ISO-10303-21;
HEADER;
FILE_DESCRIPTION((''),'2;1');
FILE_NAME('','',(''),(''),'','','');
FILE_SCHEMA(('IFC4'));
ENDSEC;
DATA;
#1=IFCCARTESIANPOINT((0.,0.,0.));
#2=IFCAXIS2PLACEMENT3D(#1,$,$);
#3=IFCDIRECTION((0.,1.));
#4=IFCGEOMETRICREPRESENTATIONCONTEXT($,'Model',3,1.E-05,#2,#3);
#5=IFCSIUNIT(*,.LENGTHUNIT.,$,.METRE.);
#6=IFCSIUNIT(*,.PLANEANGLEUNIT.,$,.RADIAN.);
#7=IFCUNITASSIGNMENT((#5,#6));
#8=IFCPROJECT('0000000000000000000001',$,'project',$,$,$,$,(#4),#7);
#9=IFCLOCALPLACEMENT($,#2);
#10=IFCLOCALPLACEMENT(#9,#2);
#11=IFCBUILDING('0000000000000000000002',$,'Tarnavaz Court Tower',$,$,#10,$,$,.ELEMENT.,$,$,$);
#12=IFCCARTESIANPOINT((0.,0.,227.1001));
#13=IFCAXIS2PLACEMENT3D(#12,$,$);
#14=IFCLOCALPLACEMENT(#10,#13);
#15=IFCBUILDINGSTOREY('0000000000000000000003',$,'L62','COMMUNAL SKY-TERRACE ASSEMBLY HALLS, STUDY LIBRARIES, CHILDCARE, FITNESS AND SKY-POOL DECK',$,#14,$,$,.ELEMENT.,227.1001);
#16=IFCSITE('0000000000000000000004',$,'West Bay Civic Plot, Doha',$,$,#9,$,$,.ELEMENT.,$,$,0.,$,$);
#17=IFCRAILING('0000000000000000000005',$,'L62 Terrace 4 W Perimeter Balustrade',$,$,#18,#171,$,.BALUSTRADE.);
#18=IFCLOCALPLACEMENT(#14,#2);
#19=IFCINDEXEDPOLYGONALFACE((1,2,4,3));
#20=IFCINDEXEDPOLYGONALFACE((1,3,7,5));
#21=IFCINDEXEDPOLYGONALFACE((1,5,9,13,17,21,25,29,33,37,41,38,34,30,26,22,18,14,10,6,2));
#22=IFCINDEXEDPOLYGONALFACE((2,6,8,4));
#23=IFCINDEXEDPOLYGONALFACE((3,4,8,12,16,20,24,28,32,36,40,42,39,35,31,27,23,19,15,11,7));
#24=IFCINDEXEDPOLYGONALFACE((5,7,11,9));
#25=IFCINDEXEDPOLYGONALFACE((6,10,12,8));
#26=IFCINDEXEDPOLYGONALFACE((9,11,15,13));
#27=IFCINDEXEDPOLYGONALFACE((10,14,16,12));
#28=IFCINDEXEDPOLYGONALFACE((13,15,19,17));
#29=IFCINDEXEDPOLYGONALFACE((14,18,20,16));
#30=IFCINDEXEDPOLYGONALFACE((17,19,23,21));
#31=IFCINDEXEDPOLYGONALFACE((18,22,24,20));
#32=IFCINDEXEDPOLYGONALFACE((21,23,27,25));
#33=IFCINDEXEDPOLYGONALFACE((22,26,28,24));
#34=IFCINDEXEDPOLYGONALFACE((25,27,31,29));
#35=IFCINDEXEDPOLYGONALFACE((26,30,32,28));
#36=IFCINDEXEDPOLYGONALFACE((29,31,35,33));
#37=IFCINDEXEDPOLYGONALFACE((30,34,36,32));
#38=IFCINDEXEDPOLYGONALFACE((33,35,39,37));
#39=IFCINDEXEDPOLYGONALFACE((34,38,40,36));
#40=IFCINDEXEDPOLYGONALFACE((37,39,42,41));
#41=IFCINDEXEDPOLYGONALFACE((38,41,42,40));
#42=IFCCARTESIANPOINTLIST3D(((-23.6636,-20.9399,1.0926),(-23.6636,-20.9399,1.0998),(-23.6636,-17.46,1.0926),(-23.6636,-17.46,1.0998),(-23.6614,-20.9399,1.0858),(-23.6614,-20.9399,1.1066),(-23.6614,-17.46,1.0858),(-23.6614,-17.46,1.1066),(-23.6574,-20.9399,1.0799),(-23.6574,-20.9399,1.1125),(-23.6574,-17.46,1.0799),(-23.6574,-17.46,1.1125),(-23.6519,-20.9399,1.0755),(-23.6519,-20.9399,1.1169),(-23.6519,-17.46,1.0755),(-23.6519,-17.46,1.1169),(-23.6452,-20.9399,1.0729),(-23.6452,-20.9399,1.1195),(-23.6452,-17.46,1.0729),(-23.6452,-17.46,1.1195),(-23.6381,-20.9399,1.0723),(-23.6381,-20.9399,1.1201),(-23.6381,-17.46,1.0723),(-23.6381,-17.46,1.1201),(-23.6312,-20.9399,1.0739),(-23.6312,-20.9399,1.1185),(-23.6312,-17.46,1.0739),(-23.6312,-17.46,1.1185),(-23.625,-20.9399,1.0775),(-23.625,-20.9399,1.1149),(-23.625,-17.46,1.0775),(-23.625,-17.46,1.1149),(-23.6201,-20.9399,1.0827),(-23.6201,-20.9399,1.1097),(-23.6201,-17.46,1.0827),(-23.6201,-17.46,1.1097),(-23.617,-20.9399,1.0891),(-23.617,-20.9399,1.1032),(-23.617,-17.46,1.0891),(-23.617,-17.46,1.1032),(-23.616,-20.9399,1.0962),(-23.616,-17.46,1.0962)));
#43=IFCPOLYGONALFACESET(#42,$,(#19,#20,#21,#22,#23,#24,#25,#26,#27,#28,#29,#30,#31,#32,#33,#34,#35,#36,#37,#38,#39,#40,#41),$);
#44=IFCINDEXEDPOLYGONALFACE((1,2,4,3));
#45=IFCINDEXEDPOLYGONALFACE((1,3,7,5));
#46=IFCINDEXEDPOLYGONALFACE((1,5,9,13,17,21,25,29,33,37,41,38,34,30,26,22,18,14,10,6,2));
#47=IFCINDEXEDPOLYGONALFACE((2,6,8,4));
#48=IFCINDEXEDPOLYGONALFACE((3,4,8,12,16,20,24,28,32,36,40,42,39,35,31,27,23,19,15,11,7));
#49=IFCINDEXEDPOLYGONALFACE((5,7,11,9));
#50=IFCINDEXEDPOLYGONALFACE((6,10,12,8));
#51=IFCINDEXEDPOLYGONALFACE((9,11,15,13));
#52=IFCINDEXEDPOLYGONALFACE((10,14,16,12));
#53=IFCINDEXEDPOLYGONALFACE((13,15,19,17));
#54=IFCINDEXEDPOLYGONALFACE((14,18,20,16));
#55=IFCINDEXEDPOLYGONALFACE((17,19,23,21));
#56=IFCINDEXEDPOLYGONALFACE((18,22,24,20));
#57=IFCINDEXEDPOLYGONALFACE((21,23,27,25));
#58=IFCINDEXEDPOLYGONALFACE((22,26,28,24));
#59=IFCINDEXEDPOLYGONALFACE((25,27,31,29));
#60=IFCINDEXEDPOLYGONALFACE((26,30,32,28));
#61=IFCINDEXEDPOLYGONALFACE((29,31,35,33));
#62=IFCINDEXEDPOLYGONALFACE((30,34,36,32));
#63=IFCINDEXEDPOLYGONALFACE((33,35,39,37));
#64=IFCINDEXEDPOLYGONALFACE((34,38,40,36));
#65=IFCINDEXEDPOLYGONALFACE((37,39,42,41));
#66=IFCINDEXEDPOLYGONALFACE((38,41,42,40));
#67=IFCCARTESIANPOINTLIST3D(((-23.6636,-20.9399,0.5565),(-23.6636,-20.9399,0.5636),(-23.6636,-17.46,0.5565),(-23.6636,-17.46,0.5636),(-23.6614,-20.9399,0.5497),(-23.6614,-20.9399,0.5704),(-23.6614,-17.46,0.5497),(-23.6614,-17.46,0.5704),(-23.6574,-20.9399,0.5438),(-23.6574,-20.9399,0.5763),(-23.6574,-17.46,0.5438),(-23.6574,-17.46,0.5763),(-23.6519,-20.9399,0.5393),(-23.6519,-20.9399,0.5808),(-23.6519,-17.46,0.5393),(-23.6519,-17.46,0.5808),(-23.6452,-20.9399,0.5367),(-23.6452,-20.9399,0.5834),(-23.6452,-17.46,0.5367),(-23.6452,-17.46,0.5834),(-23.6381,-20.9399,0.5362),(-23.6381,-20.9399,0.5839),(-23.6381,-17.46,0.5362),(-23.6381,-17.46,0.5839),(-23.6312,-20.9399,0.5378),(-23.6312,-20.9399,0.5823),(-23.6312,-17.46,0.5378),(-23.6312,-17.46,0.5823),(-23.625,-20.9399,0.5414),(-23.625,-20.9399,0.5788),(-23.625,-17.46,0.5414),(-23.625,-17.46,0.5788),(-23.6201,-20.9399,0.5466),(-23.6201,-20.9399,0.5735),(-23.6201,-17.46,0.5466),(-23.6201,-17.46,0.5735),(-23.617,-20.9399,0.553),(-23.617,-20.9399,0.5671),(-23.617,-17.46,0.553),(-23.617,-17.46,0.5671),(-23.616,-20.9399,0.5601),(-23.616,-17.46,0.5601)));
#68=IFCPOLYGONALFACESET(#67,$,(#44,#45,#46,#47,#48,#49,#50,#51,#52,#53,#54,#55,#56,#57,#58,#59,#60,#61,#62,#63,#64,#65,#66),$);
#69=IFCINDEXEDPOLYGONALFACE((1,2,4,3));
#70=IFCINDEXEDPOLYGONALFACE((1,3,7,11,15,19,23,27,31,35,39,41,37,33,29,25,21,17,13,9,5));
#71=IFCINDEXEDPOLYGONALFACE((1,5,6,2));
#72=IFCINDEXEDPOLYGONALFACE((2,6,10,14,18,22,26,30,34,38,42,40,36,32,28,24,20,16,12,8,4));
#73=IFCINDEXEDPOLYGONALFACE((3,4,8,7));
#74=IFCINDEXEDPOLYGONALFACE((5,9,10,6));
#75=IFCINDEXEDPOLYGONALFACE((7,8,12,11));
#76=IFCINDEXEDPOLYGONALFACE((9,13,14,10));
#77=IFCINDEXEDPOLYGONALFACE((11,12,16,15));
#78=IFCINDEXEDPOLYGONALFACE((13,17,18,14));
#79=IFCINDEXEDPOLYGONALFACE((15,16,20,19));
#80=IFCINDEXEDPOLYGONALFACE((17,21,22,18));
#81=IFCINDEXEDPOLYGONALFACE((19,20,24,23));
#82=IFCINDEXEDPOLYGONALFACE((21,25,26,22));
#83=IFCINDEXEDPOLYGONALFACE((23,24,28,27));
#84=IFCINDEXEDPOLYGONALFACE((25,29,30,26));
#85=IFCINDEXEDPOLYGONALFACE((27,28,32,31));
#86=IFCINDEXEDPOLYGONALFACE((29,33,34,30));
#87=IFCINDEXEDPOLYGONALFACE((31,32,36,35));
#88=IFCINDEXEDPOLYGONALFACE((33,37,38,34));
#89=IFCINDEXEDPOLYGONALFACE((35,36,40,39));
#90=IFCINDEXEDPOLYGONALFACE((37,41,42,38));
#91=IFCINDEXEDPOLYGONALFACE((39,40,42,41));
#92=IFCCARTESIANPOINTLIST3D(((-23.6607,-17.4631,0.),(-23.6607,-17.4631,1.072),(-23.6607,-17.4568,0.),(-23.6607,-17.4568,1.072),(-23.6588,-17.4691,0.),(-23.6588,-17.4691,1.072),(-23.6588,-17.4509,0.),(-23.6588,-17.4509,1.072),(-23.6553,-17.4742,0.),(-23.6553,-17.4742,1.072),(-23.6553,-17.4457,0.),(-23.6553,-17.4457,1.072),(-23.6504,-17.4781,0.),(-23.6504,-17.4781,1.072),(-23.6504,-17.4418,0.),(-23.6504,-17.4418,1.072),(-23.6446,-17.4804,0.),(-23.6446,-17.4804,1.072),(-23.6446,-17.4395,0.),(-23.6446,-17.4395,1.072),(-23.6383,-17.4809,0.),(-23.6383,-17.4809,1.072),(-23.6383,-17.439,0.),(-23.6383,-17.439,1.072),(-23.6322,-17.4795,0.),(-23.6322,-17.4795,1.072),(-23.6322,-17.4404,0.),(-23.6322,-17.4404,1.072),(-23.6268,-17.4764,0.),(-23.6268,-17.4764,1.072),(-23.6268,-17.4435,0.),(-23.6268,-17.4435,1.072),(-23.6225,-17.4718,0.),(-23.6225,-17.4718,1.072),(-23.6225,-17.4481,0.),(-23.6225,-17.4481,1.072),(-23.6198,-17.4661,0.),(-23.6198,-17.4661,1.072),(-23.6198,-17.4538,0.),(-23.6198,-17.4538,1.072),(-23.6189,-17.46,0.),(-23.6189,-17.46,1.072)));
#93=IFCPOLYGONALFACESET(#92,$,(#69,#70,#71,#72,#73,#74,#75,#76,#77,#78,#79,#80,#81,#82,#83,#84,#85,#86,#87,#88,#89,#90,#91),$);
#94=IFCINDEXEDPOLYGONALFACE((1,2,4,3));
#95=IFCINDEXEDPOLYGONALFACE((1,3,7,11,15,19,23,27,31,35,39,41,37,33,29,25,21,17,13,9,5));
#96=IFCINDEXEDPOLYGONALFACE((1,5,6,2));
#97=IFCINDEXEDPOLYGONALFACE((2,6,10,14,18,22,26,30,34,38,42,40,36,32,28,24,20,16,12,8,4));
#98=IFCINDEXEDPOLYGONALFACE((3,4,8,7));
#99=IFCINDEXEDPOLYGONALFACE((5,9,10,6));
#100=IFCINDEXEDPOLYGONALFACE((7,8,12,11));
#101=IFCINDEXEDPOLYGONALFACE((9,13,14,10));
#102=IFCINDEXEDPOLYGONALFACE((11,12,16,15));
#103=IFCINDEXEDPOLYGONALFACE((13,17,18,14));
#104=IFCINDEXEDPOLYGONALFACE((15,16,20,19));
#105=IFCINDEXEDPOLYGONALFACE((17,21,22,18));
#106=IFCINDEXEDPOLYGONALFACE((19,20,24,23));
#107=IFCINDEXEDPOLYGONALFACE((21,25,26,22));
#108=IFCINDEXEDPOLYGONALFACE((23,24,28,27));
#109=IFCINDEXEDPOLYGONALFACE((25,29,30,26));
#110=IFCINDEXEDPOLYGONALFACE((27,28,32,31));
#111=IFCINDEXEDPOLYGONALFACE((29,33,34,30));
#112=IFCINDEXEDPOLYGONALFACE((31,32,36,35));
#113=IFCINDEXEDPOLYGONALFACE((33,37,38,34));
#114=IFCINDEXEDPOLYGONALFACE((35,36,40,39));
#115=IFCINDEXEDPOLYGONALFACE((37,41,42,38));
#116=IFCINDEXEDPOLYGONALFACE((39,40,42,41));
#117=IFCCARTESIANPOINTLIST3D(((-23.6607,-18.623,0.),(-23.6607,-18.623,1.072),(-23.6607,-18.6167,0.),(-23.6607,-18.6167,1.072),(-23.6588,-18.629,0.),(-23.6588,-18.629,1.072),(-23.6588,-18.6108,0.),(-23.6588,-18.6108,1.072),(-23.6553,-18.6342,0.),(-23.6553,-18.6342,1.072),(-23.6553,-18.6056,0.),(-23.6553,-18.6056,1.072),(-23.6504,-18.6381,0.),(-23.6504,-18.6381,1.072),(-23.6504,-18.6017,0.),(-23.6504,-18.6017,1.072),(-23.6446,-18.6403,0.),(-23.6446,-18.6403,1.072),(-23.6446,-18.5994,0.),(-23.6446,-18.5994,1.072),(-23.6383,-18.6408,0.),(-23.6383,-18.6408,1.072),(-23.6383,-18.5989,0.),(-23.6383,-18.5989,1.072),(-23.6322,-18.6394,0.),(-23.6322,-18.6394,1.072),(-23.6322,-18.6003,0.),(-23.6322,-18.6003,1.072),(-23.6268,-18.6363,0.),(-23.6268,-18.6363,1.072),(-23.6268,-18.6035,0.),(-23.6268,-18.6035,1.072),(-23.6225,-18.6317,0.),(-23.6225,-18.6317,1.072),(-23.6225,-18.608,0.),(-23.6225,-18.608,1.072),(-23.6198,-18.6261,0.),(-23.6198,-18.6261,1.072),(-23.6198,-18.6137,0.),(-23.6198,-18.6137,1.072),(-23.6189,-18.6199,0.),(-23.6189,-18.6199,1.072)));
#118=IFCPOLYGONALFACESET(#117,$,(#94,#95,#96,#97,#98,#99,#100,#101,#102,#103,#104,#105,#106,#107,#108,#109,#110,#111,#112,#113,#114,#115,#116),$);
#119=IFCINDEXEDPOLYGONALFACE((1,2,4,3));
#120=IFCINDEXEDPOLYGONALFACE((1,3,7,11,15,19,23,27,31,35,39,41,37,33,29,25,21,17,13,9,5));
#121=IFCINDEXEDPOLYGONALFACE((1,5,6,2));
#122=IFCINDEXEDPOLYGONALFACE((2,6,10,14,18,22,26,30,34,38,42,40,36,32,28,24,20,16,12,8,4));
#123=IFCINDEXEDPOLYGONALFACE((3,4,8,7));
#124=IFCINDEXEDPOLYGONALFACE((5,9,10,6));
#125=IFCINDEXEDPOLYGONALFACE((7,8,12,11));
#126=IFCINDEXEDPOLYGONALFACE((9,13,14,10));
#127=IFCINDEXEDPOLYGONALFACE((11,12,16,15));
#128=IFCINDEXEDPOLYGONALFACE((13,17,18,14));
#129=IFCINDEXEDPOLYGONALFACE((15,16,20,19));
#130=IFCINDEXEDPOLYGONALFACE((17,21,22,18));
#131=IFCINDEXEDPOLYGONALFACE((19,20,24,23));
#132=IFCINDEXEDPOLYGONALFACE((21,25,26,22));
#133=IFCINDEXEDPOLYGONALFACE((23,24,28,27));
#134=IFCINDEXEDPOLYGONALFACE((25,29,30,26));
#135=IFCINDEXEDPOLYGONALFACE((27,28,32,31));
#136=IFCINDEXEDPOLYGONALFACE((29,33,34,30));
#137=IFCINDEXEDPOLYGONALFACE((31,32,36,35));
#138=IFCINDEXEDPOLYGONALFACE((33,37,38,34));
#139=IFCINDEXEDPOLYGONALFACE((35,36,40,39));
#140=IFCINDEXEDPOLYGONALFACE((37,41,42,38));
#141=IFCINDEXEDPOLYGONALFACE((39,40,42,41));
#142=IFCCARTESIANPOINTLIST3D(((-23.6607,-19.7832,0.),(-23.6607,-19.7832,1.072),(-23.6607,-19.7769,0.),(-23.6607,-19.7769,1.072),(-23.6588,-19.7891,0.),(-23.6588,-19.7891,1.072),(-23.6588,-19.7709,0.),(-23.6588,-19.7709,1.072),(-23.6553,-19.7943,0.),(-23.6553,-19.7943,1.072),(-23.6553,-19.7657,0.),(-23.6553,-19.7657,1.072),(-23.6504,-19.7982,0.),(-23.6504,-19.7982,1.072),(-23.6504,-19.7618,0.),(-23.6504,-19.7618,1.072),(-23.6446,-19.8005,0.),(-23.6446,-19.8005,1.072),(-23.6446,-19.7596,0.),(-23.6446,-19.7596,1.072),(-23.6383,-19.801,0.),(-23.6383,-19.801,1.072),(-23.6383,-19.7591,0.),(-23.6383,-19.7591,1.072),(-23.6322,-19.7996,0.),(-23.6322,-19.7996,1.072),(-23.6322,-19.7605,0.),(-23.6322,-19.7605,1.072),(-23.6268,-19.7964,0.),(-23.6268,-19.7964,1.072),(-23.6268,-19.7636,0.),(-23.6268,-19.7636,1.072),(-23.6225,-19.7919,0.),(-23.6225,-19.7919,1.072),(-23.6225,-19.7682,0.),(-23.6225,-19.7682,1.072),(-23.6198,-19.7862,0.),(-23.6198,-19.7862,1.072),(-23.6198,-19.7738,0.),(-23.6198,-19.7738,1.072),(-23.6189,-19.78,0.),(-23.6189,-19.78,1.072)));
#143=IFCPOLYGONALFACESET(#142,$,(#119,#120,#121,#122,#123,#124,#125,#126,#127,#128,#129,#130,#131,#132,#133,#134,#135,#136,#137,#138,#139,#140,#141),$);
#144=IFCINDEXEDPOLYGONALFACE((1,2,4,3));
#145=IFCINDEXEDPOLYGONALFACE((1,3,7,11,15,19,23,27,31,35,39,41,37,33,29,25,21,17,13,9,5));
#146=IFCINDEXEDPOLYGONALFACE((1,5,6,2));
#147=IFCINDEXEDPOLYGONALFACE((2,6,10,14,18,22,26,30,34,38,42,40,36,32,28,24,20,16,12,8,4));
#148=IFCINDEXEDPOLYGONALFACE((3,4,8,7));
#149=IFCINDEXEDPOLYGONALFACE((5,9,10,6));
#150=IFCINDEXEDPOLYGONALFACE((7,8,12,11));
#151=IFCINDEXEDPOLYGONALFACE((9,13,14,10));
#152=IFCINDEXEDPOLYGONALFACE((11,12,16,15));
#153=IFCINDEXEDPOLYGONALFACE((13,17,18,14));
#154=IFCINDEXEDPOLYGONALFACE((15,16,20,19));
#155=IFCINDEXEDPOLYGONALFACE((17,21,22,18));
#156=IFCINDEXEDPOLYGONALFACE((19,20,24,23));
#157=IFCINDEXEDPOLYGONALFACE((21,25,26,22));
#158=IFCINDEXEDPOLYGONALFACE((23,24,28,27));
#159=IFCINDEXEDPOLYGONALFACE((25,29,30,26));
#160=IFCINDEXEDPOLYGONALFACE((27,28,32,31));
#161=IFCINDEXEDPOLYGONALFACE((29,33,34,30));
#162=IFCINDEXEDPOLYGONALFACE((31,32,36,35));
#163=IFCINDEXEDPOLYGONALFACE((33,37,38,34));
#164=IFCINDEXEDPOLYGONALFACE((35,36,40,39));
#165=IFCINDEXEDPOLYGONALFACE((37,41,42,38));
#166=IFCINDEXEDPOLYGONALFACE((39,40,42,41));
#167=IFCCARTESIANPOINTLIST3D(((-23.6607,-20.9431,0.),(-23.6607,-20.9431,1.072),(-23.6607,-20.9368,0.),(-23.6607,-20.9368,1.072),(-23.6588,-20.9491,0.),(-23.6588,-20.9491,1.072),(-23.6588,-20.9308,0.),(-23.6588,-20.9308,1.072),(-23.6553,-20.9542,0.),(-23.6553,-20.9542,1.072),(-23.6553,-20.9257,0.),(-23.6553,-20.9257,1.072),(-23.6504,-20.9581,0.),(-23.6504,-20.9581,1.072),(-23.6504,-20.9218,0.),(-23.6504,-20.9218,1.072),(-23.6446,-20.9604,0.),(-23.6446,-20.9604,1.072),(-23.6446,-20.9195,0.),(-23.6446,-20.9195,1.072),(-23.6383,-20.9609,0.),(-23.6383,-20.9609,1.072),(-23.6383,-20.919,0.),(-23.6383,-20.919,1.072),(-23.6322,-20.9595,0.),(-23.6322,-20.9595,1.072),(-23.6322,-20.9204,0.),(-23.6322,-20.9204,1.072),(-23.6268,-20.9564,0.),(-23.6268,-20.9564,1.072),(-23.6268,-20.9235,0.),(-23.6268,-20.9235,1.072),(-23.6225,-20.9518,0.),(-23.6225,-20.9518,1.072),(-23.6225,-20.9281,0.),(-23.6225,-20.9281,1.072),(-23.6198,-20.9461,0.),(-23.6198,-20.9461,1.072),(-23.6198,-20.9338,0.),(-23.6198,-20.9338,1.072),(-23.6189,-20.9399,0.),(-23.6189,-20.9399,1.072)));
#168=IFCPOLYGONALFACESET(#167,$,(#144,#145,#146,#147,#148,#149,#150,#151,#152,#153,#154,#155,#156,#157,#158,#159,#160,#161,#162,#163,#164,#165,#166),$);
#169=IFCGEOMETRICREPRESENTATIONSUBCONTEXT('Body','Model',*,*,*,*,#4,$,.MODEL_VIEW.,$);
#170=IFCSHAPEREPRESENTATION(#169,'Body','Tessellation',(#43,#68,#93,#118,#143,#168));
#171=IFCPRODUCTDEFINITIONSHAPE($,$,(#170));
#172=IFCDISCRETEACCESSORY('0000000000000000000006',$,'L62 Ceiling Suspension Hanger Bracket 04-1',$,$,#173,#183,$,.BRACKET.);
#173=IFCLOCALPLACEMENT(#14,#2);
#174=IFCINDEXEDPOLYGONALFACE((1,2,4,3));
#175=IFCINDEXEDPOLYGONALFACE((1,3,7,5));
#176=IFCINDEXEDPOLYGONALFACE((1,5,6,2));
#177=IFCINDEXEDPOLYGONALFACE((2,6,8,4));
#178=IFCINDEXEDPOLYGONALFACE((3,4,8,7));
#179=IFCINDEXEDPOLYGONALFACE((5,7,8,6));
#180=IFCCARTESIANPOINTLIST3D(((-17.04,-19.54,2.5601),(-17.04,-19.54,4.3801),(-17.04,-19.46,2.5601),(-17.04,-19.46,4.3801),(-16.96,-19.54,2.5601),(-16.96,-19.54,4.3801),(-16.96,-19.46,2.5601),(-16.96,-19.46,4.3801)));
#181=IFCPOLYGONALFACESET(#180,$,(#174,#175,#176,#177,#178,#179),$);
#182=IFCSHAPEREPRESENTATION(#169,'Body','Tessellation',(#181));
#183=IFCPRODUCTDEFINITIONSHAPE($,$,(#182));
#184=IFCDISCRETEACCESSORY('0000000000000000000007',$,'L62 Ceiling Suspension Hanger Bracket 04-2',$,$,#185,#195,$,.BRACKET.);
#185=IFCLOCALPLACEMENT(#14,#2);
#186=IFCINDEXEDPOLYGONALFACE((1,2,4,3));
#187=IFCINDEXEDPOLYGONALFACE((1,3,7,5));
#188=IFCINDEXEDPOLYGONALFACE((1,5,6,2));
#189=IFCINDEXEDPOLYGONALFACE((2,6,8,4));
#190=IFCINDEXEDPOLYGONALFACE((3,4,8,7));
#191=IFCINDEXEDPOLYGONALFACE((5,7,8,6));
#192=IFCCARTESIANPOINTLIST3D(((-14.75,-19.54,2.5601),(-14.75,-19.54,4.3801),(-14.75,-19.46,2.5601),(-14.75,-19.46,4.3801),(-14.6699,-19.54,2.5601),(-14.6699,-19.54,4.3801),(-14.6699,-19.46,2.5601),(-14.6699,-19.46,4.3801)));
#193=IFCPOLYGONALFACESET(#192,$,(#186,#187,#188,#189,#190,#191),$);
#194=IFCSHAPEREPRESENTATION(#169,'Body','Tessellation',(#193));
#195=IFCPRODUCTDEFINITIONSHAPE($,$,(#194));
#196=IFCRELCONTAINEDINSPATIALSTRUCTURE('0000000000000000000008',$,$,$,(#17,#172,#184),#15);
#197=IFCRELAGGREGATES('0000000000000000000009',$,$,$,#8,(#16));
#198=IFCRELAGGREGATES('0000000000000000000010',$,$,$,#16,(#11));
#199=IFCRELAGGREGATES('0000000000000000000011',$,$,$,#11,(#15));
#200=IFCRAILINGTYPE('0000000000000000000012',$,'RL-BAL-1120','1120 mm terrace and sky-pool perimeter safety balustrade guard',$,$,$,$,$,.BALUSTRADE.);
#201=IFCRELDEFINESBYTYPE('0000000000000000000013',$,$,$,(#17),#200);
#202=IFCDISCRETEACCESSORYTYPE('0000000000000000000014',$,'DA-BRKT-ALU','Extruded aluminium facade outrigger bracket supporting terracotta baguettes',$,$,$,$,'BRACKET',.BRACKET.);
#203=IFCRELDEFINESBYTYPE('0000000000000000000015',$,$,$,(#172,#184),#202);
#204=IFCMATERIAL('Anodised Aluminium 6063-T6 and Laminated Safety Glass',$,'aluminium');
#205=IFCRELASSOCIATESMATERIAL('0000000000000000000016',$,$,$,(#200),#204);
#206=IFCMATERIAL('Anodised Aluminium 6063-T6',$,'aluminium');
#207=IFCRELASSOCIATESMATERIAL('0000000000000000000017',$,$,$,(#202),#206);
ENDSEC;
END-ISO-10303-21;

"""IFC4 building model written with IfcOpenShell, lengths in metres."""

from ifc_helpers import new_model, si_unit, direction, frame, origin, origin_2d, place, context, subcontext, project, spatial, rectangle, circle, extrude, material, type_object, element, save


model = new_model("IFC4")

# Units and contexts
model_context = context("Model", 3, precision=1e-05, world=origin(), true_north=direction((0.0, 1.0)))
body_context = subcontext(model_context, "Body", "Model", "MODEL_VIEW")
ifc_project = project(units=[si_unit("LENGTHUNIT", "METRE"), si_unit("PLANEANGLEUNIT", "RADIAN")], contexts=[model_context])

# Site, building, storey
site_placement = place(None, origin())
site = spatial("IfcSite", under=ifc_project, at=site_placement, Name="West Bay Civic Plot, Doha", CompositionType="ELEMENT", RefElevation=0.0)
building_placement = place(site_placement, origin())
building = spatial("IfcBuilding", under=site, at=building_placement, Name="Tarnavaz Court Tower", CompositionType="ELEMENT")
storey_placement = place(building_placement, frame((0.0, 0.0, 227.1001)))
storey = spatial("IfcBuildingStorey", under=building, at=storey_placement, Name="L62", Description="COMMUNAL SKY-TERRACE ASSEMBLY HALLS, STUDY LIBRARIES, CHILDCARE, FITNESS AND SKY-POOL DECK", CompositionType="ELEMENT", Elevation=227.1001)

# Railing
ifc_material_1 = material(Name="Anodised Aluminium 6063-T6 and Laminated Safety Glass", Category="aluminium")
railing_type = type_object("IfcRailingType", Name="RL-BAL-1120", Description="1120 mm terrace and sky-pool perimeter safety balustrade guard", PredefinedType="BALUSTRADE", material=ifc_material_1)
railing_1_placement = place(storey_placement, frame((-23.6399, -17.46, 0.0)))
element("IfcRailing", 1, at=railing_1_placement, inside=storey, type_object=railing_type, Name="L62 Terrace 4 W Perimeter Balustrade", PredefinedType="BALUSTRADE", context=body_context, shape_type="SweptSolid", body=[
    extrude(circle(Radius=0.0239, at=origin_2d()), frame((0.0, 0.0, 1.0962), z_axis=(0.0, -1.0, 0.0), x_axis=(1.0, 0.0, 0.0)), (0.0, 0.0, 1.0), 3.48),
    extrude(circle(Radius=0.0239, at=origin_2d()), frame((0.0, 0.0, 0.5601), z_axis=(0.0, -1.0, 0.0), x_axis=(1.0, 0.0, 0.0)), (0.0, 0.0, 1.0), 3.48),
    extrude(circle(Radius=0.021, at=origin_2d()), origin(), (0.0, 0.0, 1.0), 1.072),
    extrude(circle(Radius=0.021, at=origin_2d()), frame((0.0, -1.1599, 0.0)), (0.0, 0.0, 1.0), 1.072),
    extrude(circle(Radius=0.021, at=origin_2d()), frame((0.0, -2.3201, 0.0)), (0.0, 0.0, 1.0), 1.072),
    extrude(circle(Radius=0.021, at=origin_2d()), frame((0.0, -3.48, 0.0)), (0.0, 0.0, 1.0), 1.072),
])

# Discrete accessories
ifc_material_2 = material(Name="Anodised Aluminium 6063-T6", Category="aluminium")
discrete_accessory_type = type_object("IfcDiscreteAccessoryType", Name="DA-BRKT-ALU", Description="Extruded aluminium facade outrigger bracket supporting terracotta baguettes", ElementType="BRACKET", PredefinedType="BRACKET", material=ifc_material_2)
for number, where, z_axis, x_axis, name in (
    (2, (-17.0, -19.5, 2.5601), (0.0, 0.0, 1.0), (1.0, 0.0, 0.0), "L62 Ceiling Suspension Hanger Bracket 04-1"),
    (3, (-14.71, -19.5, 2.5601), (0.0, 0.0, 1.0), (1.0, 0.0, 0.0), "L62 Ceiling Suspension Hanger Bracket 04-2"),
):
    element("IfcDiscreteAccessory", number, at=place(storey_placement, frame(where, z_axis=z_axis, x_axis=x_axis)), inside=storey, type_object=discrete_accessory_type, Name=name, PredefinedType="BRACKET", context=body_context, shape_type="SweptSolid", body=[
        extrude(rectangle(XDim=0.0801, YDim=0.0801, at=origin_2d()), origin(), (0.0, 0.0, 1.0), 1.8201),
    ])

save(model, "model.ifc")
